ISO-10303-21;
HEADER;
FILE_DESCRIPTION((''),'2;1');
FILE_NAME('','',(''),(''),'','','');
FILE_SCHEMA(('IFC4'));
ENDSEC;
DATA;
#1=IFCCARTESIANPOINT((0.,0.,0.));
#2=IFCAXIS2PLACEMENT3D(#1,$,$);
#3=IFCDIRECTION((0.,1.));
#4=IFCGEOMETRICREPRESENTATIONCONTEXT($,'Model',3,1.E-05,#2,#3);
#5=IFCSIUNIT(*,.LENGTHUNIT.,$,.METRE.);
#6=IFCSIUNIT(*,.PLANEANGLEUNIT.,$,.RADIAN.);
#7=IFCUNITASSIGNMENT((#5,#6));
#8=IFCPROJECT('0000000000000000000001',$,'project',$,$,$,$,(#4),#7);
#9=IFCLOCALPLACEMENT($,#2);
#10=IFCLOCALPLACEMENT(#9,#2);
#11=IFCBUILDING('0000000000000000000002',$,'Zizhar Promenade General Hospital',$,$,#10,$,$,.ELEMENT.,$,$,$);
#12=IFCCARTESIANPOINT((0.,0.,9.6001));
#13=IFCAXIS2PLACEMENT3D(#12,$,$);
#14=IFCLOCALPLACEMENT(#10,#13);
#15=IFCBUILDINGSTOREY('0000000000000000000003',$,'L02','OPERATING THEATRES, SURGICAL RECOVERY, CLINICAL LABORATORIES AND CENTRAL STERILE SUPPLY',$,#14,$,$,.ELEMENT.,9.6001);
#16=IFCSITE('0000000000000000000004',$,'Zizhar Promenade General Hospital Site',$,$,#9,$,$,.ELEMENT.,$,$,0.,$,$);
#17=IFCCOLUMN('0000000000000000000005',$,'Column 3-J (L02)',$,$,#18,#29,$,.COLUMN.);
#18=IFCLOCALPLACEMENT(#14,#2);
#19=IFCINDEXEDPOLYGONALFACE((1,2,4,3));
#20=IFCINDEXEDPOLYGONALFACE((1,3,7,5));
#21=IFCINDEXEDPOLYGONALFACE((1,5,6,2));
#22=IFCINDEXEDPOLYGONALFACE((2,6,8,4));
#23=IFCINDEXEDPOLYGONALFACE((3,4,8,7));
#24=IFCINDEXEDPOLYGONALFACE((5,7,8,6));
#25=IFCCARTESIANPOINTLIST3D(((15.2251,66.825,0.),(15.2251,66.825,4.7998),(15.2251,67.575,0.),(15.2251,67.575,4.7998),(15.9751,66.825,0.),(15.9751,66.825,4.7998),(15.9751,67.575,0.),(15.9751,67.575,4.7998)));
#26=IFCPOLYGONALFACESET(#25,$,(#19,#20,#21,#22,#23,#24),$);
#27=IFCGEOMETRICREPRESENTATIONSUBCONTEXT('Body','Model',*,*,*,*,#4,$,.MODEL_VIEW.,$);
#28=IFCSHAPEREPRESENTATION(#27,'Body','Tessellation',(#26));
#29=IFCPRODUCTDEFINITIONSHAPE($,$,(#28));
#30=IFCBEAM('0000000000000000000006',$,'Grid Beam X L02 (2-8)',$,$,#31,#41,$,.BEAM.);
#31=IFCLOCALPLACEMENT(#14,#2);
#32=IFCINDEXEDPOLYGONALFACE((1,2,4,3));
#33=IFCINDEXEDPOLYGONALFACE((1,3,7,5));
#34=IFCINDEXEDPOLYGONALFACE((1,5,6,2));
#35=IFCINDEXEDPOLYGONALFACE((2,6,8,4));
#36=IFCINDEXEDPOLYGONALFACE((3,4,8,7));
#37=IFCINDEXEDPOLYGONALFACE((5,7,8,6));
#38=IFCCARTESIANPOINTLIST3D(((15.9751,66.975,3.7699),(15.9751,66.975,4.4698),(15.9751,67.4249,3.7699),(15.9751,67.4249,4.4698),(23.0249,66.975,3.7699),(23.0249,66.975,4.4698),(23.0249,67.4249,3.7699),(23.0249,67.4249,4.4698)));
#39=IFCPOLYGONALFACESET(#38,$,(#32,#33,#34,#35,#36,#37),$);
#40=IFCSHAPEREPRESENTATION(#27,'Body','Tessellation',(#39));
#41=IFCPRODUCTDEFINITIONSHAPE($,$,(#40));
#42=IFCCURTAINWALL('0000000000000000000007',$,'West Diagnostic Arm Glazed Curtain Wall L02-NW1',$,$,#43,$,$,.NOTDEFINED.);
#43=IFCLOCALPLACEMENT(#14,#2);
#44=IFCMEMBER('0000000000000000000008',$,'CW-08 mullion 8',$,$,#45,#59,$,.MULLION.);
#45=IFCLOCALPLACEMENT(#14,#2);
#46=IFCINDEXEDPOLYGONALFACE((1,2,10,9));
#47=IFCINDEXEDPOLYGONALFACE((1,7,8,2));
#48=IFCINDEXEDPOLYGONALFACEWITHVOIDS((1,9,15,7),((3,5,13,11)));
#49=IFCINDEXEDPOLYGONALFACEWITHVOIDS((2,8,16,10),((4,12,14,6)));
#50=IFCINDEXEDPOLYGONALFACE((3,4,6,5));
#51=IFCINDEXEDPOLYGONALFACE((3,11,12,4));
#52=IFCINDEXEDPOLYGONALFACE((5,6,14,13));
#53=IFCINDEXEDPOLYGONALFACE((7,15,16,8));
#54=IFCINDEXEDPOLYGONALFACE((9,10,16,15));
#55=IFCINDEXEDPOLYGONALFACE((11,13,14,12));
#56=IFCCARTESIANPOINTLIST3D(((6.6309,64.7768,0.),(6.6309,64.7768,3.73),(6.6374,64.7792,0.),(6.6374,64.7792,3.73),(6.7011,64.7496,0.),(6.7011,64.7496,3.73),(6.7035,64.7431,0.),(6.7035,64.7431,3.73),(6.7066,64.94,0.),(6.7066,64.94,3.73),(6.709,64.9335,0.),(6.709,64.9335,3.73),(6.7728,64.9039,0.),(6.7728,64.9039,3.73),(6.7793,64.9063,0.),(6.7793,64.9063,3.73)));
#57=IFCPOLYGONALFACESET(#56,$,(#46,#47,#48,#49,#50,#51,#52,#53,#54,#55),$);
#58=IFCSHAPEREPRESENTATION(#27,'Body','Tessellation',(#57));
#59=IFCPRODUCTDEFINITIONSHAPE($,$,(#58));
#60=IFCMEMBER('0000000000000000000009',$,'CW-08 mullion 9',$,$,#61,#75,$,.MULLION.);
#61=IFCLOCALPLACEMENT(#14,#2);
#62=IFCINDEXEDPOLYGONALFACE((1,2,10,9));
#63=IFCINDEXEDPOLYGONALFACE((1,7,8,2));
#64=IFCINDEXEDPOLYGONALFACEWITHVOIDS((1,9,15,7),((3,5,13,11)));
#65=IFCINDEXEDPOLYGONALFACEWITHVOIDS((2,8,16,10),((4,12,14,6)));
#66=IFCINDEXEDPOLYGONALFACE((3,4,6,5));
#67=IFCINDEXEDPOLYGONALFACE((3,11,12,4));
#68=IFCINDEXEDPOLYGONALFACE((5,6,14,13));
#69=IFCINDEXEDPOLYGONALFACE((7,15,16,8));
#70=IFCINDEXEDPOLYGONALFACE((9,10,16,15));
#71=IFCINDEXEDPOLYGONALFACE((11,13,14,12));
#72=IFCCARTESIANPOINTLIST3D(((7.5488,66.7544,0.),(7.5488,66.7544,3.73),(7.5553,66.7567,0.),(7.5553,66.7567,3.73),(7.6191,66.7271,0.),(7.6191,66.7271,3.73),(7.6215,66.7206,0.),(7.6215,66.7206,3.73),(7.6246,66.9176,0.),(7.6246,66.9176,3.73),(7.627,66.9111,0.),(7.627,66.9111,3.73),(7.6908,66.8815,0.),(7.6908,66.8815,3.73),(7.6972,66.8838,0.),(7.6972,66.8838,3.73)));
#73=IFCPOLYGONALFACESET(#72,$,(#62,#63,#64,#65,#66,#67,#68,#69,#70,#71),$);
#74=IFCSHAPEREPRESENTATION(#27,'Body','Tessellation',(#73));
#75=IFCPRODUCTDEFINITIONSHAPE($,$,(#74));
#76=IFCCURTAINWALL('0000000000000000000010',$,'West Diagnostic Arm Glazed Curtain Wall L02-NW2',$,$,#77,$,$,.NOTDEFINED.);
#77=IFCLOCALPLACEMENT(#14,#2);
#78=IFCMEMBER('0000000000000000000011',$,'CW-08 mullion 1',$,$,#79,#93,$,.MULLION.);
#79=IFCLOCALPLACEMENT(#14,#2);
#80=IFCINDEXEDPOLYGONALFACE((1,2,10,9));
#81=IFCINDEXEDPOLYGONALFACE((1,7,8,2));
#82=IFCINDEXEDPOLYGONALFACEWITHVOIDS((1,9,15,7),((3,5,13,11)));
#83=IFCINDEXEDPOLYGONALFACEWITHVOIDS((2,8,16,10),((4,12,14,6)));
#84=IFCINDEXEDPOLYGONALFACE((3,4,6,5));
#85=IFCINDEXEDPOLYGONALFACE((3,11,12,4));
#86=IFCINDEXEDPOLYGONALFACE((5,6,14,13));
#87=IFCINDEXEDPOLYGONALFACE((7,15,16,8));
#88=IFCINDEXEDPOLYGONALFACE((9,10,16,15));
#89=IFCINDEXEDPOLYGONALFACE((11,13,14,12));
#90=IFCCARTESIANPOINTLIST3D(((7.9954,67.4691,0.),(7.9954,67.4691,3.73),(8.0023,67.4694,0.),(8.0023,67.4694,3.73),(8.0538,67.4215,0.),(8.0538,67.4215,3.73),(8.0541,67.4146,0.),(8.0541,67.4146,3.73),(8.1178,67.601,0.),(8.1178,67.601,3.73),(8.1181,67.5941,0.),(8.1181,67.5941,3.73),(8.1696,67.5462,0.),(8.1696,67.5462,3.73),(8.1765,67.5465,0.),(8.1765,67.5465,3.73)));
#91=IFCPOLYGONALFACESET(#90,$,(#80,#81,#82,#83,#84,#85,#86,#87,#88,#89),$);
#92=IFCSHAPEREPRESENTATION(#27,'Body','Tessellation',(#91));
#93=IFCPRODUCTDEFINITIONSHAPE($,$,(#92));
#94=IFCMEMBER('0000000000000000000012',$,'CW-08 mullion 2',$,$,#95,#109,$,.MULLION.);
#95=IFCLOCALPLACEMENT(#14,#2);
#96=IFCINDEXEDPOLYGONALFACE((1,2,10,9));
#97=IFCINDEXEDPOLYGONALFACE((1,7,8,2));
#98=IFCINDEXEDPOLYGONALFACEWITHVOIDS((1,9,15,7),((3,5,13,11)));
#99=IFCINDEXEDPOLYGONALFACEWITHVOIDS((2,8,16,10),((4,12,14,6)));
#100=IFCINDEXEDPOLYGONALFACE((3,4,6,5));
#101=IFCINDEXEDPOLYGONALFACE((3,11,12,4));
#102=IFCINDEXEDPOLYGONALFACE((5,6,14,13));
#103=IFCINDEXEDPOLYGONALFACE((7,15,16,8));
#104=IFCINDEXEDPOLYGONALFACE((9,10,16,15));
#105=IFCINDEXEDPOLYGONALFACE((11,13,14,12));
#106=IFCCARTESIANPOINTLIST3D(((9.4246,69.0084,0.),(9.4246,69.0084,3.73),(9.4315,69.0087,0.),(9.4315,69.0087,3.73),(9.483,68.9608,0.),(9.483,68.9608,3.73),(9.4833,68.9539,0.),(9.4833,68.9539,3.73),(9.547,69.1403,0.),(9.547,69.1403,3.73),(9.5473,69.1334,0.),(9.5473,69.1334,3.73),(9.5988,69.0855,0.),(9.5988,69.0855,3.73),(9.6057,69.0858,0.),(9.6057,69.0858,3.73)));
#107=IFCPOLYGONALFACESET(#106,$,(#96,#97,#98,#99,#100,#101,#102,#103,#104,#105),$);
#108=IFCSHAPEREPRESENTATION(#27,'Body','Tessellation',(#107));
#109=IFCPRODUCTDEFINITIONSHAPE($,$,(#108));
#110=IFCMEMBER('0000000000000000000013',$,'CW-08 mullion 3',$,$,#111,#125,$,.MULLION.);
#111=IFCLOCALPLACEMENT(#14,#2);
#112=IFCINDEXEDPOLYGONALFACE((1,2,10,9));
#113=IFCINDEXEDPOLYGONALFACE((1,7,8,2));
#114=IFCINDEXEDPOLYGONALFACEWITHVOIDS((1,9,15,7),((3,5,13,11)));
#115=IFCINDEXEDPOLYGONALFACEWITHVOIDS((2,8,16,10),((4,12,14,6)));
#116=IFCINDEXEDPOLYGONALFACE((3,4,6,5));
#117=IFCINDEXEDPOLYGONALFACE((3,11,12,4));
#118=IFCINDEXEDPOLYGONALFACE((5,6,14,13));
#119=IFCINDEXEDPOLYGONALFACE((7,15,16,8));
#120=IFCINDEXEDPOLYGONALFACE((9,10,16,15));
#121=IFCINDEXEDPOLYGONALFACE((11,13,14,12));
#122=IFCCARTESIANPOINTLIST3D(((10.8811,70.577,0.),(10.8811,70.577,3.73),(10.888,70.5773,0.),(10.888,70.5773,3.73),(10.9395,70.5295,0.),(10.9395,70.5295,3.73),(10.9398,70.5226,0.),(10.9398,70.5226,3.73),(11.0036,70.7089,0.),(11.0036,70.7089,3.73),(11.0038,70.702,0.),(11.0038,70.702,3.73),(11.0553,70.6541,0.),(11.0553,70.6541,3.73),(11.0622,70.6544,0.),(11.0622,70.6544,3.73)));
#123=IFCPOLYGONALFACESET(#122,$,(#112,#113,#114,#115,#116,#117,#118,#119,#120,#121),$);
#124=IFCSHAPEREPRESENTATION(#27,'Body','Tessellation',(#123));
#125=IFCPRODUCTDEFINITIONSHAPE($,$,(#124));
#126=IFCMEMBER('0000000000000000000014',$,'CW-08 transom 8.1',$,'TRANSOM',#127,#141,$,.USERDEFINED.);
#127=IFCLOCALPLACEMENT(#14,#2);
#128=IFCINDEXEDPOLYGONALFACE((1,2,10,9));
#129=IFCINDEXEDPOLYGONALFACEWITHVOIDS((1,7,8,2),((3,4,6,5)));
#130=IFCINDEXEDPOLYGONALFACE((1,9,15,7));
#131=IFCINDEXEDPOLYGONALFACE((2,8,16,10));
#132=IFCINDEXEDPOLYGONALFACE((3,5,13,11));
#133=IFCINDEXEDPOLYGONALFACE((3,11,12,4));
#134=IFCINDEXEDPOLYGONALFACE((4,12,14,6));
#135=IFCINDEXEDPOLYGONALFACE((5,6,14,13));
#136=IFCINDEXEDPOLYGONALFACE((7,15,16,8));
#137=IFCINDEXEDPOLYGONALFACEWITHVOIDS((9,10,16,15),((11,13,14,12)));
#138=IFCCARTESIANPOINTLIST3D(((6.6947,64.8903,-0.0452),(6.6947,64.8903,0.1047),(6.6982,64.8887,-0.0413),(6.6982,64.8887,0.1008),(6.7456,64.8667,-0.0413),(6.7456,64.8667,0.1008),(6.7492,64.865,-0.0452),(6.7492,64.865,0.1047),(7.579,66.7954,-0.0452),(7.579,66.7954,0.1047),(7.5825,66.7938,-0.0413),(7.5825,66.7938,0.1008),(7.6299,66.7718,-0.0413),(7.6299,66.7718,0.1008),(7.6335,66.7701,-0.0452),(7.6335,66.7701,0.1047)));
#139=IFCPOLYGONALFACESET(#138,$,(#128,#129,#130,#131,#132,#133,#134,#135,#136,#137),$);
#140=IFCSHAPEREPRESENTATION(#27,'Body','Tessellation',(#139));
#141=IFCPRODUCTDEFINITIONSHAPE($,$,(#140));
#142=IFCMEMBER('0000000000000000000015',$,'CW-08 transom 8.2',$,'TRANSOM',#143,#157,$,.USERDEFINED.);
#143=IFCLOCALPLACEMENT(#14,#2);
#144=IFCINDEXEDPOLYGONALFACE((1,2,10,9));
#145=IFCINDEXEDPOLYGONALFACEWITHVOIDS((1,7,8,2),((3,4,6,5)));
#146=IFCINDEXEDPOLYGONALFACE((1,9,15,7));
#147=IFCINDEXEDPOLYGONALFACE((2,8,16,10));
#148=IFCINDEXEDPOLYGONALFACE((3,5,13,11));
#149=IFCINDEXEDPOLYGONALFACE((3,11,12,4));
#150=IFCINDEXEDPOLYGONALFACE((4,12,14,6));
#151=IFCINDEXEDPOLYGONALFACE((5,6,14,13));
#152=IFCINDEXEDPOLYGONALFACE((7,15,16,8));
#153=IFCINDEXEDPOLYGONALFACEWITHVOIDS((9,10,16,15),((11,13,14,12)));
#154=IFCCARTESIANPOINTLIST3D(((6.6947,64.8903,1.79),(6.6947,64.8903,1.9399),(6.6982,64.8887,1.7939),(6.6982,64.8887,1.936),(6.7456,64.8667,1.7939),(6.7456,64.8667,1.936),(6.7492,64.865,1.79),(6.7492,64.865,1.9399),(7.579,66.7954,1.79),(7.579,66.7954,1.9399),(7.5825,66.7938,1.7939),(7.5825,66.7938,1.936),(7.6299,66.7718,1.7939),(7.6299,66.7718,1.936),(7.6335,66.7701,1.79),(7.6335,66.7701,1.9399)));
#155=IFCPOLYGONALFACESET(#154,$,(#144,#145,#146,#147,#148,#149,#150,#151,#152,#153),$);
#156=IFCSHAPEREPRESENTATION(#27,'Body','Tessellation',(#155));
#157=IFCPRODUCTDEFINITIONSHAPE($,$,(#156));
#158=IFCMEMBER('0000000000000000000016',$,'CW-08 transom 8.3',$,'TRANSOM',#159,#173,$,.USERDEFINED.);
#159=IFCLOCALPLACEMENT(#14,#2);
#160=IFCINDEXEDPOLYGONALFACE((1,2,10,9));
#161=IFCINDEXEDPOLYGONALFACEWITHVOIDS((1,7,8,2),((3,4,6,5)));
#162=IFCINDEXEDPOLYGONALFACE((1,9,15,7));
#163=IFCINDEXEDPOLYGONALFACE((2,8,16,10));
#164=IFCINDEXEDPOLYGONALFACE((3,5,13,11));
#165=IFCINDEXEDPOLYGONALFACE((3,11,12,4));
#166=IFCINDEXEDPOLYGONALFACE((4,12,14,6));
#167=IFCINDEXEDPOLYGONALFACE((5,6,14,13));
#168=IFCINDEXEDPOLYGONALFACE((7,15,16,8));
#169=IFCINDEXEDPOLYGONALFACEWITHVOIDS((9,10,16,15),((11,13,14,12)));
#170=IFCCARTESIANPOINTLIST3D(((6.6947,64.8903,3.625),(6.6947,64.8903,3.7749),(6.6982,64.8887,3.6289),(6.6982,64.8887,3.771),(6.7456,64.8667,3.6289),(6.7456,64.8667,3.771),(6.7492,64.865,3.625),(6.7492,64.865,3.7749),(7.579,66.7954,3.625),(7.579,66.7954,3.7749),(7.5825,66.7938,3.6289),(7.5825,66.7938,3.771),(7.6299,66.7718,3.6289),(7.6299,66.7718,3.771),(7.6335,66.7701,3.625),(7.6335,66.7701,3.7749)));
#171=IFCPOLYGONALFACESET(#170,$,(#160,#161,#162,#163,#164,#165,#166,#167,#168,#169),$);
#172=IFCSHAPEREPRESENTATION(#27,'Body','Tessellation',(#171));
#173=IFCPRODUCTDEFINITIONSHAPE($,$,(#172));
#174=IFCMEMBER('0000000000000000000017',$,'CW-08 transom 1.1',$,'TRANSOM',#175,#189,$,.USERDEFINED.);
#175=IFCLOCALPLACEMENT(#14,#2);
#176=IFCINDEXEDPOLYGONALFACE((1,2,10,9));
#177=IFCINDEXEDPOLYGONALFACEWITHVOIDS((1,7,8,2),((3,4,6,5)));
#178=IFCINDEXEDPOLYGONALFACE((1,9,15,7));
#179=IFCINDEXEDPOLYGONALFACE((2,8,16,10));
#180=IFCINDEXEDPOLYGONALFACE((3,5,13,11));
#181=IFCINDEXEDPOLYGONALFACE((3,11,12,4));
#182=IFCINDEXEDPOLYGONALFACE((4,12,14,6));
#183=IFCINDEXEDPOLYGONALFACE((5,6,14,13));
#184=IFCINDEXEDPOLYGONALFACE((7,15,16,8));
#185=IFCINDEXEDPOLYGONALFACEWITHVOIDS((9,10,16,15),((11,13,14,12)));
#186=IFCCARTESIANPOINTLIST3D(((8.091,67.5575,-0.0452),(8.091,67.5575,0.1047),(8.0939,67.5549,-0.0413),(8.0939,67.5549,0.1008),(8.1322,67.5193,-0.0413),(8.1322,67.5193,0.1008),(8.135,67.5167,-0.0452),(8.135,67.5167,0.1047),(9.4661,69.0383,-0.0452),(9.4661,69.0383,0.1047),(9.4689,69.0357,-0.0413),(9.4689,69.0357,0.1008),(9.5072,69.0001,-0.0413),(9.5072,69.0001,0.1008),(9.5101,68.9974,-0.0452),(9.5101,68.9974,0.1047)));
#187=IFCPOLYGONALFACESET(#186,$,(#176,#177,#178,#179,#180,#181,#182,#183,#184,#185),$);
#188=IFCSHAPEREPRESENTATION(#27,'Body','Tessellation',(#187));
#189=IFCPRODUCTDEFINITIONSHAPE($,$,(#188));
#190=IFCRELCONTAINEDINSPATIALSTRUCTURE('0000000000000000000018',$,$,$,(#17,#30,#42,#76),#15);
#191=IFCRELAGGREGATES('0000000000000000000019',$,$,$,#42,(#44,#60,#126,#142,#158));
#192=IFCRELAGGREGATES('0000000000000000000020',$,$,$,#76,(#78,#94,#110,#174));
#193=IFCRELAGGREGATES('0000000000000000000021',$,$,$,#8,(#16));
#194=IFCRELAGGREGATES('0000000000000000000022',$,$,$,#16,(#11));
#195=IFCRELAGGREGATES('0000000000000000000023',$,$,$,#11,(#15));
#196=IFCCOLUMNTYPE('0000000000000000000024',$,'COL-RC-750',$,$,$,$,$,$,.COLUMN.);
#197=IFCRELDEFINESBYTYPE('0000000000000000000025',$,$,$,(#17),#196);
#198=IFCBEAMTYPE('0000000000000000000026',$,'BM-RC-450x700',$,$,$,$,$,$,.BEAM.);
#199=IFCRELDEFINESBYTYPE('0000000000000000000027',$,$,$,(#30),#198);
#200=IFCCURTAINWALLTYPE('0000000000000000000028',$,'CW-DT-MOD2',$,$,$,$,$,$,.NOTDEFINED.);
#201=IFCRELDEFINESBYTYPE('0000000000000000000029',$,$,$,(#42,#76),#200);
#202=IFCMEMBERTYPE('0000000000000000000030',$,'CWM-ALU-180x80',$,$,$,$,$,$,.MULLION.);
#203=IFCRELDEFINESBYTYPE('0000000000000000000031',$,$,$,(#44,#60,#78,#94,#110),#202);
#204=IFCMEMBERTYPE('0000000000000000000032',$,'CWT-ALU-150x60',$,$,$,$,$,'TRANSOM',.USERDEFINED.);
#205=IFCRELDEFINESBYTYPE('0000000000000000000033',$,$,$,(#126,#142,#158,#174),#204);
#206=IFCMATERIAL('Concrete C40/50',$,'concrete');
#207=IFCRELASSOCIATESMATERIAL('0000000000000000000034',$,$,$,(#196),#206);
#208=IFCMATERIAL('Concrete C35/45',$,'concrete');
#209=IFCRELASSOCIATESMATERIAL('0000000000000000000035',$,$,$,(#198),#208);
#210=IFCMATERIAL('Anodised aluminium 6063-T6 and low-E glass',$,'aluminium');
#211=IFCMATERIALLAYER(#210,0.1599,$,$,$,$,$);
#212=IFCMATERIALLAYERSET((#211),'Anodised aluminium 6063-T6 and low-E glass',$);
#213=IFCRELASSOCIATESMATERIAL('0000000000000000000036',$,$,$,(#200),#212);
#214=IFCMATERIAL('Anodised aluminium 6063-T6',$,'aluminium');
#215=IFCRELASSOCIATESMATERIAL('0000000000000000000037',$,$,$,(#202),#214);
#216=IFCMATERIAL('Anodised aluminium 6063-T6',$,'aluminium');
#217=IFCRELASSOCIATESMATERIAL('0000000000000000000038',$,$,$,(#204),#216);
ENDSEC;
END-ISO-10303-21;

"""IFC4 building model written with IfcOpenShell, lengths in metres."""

from ifc_helpers import new_model, si_unit, direction, frame, origin, origin_2d, place, context, subcontext, project, spatial, rectangle, hollow_rectangle, extrude, material, layer, layer_set, material_profile, profile_set, type_object, element, aggregate, save


model = new_model("IFC4")

# Units and contexts
model_context = context("Model", 3, precision=1e-05, world=origin(), true_north=direction((0.0, 1.0)))
body_context = subcontext(model_context, "Body", "Model", "MODEL_VIEW")
ifc_project = project(units=[si_unit("LENGTHUNIT", "METRE"), si_unit("PLANEANGLEUNIT", "RADIAN")], contexts=[model_context])

# Site, building, storey
site_placement = place(None, origin())
site = spatial("IfcSite", under=ifc_project, at=site_placement, Name="Zizhar Promenade General Hospital Site", CompositionType="ELEMENT", RefElevation=0.0)
building_placement = place(site_placement, origin())
building = spatial("IfcBuilding", under=site, at=building_placement, Name="Zizhar Promenade General Hospital", CompositionType="ELEMENT")
storey_placement = place(building_placement, frame((0.0, 0.0, 9.6001)))
storey = spatial("IfcBuildingStorey", under=building, at=storey_placement, Name="L02", Description="OPERATING THEATRES, SURGICAL RECOVERY, CLINICAL LABORATORIES AND CENTRAL STERILE SUPPLY", CompositionType="ELEMENT", Elevation=9.6001)

# Column
ifc_material_1 = material(Name="Concrete C40/50", Category="concrete")
ifc_material_profile_1 = material_profile(ifc_material_1, rectangle(XDim=0.75, YDim=0.75, at=origin_2d()))
ifc_profile_set_1 = profile_set([ifc_material_profile_1], Name="Concrete C40/50")
column_type = type_object("IfcColumnType", Name="COL-RC-750", PredefinedType="COLUMN", material=ifc_profile_set_1)
column_placement = place(storey_placement, frame((15.6001, 67.2, 0.0), z_axis=(0.0, 0.0, 1.0), x_axis=(1.0, 0.0, 0.0)))
element("IfcColumn", 1, at=column_placement, inside=storey, type_object=column_type, Name="Column 3-J (L02)", PredefinedType="COLUMN", context=body_context, shape_type="SweptSolid", body=[
    extrude(rectangle(XDim=0.75, YDim=0.75, at=origin_2d()), origin(), (0.0, 0.0, 1.0), 4.7998),
])

# Beam
ifc_material_2 = material(Name="Concrete C35/45", Category="concrete")
ifc_material_profile_2 = material_profile(ifc_material_2, rectangle(XDim=0.45, YDim=0.7, at=origin_2d()))
ifc_profile_set_2 = profile_set([ifc_material_profile_2], Name="Concrete C35/45")
beam_type = type_object("IfcBeamType", Name="BM-RC-450x700", PredefinedType="BEAM", material=ifc_profile_set_2)
beam_placement = place(storey_placement, frame((15.9751, 67.2, 4.1199), z_axis=(1.0, 0.0, 0.0), x_axis=(0.0, 1.0, 0.0)))
element("IfcBeam", 2, at=beam_placement, inside=storey, type_object=beam_type, Name="Grid Beam X L02 (2-8)", PredefinedType="BEAM", context=body_context, shape_type="SweptSolid", body=[
    extrude(rectangle(XDim=0.45, YDim=0.7, at=origin_2d()), origin(), (0.0, 0.0, 1.0), 7.0498),
])

# Curtain walls, members
ifc_material_3 = material(Name="Anodised aluminium 6063-T6 and low-E glass", Category="aluminium")
ifc_layer_1 = layer(ifc_material_3, 0.1599)
ifc_layer_set_1 = layer_set([ifc_layer_1], Name="Anodised aluminium 6063-T6 and low-E glass")
curtain_wall_type = type_object("IfcCurtainWallType", Name="CW-DT-MOD2", PredefinedType="NOTDEFINED", material=ifc_layer_set_1)
curtain_wall_1_placement = place(storey_placement, origin())
curtain_wall_1 = element("IfcCurtainWall", 3, at=curtain_wall_1_placement, inside=storey, type_object=curtain_wall_type, Name="West Diagnostic Arm Glazed Curtain Wall L02-NW1", PredefinedType="NOTDEFINED")
ifc_material_4 = material(Name="Anodised aluminium 6063-T6", Category="aluminium")
ifc_material_profile_3 = material_profile(ifc_material_4, hollow_rectangle(XDim=0.0801, YDim=0.1799, WallThickness=0.0049, at=origin_2d()))
ifc_profile_set_3 = profile_set([ifc_material_profile_3], Name="Anodised aluminium 6063-T6")
member_type_1 = type_object("IfcMemberType", Name="CWM-ALU-180x80", PredefinedType="MULLION", material=ifc_profile_set_3)
member_1_placement = place(storey_placement, frame((6.7051, 64.8416, 0.0), z_axis=(0.0, 0.0, 1.0), x_axis=(-0.907007, 0.421115, 0.0)))
member_1 = element("IfcMember", 4, at=member_1_placement, type_object=member_type_1, Name="CW-08 mullion 8", PredefinedType="MULLION", context=body_context, shape_type="SweptSolid", body=[
    extrude(hollow_rectangle(XDim=0.0801, YDim=0.1799, WallThickness=0.0049, at=origin_2d()), origin(), (0.0, 0.0, 1.0), 3.73),
])
member_2_placement = place(storey_placement, frame((7.623, 66.8191, 0.0), z_axis=(0.0, 0.0, 1.0), x_axis=(-0.907007, 0.421115, 0.0)))
member_2 = element("IfcMember", 5, at=member_2_placement, type_object=member_type_1, Name="CW-08 mullion 9", PredefinedType="MULLION", context=body_context, shape_type="SweptSolid", body=[
    extrude(hollow_rectangle(XDim=0.0801, YDim=0.1799, WallThickness=0.0049, at=origin_2d()), origin(), (0.0, 0.0, 1.0), 3.73),
])
curtain_wall_2_placement = place(storey_placement, origin())
curtain_wall_2 = element("IfcCurtainWall", 6, at=curtain_wall_2_placement, inside=storey, type_object=curtain_wall_type, Name="West Diagnostic Arm Glazed Curtain Wall L02-NW2", PredefinedType="NOTDEFINED")
member_3_placement = place(storey_placement, frame((8.0859, 67.5078, 0.0), z_axis=(0.0, 0.0, 1.0), x_axis=(-0.732793, 0.680452, 0.0)))
member_3 = element("IfcMember", 7, at=member_3_placement, type_object=member_type_1, Name="CW-08 mullion 1", PredefinedType="MULLION", context=body_context, shape_type="SweptSolid", body=[
    extrude(hollow_rectangle(XDim=0.0801, YDim=0.1799, WallThickness=0.0049, at=origin_2d()), origin(), (0.0, 0.0, 1.0), 3.73),
])
member_4_placement = place(storey_placement, frame((9.5151, 69.0471, 0.0), z_axis=(0.0, 0.0, 1.0), x_axis=(-0.732793, 0.680452, 0.0)))
member_4 = element("IfcMember", 8, at=member_4_placement, type_object=member_type_1, Name="CW-08 mullion 2", PredefinedType="MULLION", context=body_context, shape_type="SweptSolid", body=[
    extrude(hollow_rectangle(XDim=0.0801, YDim=0.1799, WallThickness=0.0049, at=origin_2d()), origin(), (0.0, 0.0, 1.0), 3.73),
])
member_5_placement = place(storey_placement, frame((10.9717, 70.6157, 0.0), z_axis=(0.0, 0.0, 1.0), x_axis=(-0.732793, 0.680452, 0.0)))
member_5 = element("IfcMember", 9, at=member_5_placement, type_object=member_type_1, Name="CW-08 mullion 3", PredefinedType="MULLION", context=body_context, shape_type="SweptSolid", body=[
    extrude(hollow_rectangle(XDim=0.0801, YDim=0.1799, WallThickness=0.0049, at=origin_2d()), origin(), (0.0, 0.0, 1.0), 3.73),
])

# Members
ifc_material_5 = material(Name="Anodised aluminium 6063-T6", Category="aluminium")
ifc_material_profile_4 = material_profile(ifc_material_5, hollow_rectangle(XDim=0.0601, YDim=0.1499, WallThickness=0.0039, at=origin_2d()))
ifc_profile_set_4 = profile_set([ifc_material_profile_4], Name="Anodised aluminium 6063-T6")
member_type_2 = type_object("IfcMemberType", Name="CWT-ALU-150x60", ElementType="TRANSOM", PredefinedType="USERDEFINED", material=ifc_profile_set_4)
member_6_placement = place(storey_placement, frame((6.7219, 64.8777, 0.0298), z_axis=(0.421033, 0.907045, 0.0), x_axis=(-0.907045, 0.421033, 0.0)))
member_6 = element("IfcMember", 10, at=member_6_placement, type_object=member_type_2, Name="CW-08 transom 8.1", ObjectType="TRANSOM", PredefinedType="USERDEFINED", context=body_context, shape_type="SweptSolid", body=[
    extrude(hollow_rectangle(XDim=0.0601, YDim=0.1499, WallThickness=0.0039, at=origin_2d()), origin(), (0.0, 0.0, 1.0), 2.1003),
])
member_7_placement = place(storey_placement, frame((6.7219, 64.8777, 1.865), z_axis=(0.421033, 0.907045, 0.0), x_axis=(-0.907045, 0.421033, 0.0)))
member_7 = element("IfcMember", 11, at=member_7_placement, type_object=member_type_2, Name="CW-08 transom 8.2", ObjectType="TRANSOM", PredefinedType="USERDEFINED", context=body_context, shape_type="SweptSolid", body=[
    extrude(hollow_rectangle(XDim=0.0601, YDim=0.1499, WallThickness=0.0039, at=origin_2d()), origin(), (0.0, 0.0, 1.0), 2.1003),
])
member_8_placement = place(storey_placement, frame((6.7219, 64.8777, 3.7), z_axis=(0.421033, 0.907045, 0.0), x_axis=(-0.907045, 0.421033, 0.0)))
member_8 = element("IfcMember", 12, at=member_8_placement, type_object=member_type_2, Name="CW-08 transom 8.3", ObjectType="TRANSOM", PredefinedType="USERDEFINED", context=body_context, shape_type="SweptSolid", body=[
    extrude(hollow_rectangle(XDim=0.0601, YDim=0.1499, WallThickness=0.0039, at=origin_2d()), origin(), (0.0, 0.0, 1.0), 2.1003),
])
member_9_placement = place(storey_placement, frame((8.113, 67.5371, 0.0298), z_axis=(0.680465, 0.732781, 0.0), x_axis=(-0.732781, 0.680465, 0.0)))
member_9 = element("IfcMember", 13, at=member_9_placement, type_object=member_type_2, Name="CW-08 transom 1.1", ObjectType="TRANSOM", PredefinedType="USERDEFINED", context=body_context, shape_type="SweptSolid", body=[
    extrude(hollow_rectangle(XDim=0.0601, YDim=0.1499, WallThickness=0.0039, at=origin_2d()), origin(), (0.0, 0.0, 1.0), 2.0208),
])

aggregate(curtain_wall_1, [member_1, member_2, member_6, member_7, member_8])
aggregate(curtain_wall_2, [member_3, member_4, member_5, member_9])

save(model, "model.ifc")
